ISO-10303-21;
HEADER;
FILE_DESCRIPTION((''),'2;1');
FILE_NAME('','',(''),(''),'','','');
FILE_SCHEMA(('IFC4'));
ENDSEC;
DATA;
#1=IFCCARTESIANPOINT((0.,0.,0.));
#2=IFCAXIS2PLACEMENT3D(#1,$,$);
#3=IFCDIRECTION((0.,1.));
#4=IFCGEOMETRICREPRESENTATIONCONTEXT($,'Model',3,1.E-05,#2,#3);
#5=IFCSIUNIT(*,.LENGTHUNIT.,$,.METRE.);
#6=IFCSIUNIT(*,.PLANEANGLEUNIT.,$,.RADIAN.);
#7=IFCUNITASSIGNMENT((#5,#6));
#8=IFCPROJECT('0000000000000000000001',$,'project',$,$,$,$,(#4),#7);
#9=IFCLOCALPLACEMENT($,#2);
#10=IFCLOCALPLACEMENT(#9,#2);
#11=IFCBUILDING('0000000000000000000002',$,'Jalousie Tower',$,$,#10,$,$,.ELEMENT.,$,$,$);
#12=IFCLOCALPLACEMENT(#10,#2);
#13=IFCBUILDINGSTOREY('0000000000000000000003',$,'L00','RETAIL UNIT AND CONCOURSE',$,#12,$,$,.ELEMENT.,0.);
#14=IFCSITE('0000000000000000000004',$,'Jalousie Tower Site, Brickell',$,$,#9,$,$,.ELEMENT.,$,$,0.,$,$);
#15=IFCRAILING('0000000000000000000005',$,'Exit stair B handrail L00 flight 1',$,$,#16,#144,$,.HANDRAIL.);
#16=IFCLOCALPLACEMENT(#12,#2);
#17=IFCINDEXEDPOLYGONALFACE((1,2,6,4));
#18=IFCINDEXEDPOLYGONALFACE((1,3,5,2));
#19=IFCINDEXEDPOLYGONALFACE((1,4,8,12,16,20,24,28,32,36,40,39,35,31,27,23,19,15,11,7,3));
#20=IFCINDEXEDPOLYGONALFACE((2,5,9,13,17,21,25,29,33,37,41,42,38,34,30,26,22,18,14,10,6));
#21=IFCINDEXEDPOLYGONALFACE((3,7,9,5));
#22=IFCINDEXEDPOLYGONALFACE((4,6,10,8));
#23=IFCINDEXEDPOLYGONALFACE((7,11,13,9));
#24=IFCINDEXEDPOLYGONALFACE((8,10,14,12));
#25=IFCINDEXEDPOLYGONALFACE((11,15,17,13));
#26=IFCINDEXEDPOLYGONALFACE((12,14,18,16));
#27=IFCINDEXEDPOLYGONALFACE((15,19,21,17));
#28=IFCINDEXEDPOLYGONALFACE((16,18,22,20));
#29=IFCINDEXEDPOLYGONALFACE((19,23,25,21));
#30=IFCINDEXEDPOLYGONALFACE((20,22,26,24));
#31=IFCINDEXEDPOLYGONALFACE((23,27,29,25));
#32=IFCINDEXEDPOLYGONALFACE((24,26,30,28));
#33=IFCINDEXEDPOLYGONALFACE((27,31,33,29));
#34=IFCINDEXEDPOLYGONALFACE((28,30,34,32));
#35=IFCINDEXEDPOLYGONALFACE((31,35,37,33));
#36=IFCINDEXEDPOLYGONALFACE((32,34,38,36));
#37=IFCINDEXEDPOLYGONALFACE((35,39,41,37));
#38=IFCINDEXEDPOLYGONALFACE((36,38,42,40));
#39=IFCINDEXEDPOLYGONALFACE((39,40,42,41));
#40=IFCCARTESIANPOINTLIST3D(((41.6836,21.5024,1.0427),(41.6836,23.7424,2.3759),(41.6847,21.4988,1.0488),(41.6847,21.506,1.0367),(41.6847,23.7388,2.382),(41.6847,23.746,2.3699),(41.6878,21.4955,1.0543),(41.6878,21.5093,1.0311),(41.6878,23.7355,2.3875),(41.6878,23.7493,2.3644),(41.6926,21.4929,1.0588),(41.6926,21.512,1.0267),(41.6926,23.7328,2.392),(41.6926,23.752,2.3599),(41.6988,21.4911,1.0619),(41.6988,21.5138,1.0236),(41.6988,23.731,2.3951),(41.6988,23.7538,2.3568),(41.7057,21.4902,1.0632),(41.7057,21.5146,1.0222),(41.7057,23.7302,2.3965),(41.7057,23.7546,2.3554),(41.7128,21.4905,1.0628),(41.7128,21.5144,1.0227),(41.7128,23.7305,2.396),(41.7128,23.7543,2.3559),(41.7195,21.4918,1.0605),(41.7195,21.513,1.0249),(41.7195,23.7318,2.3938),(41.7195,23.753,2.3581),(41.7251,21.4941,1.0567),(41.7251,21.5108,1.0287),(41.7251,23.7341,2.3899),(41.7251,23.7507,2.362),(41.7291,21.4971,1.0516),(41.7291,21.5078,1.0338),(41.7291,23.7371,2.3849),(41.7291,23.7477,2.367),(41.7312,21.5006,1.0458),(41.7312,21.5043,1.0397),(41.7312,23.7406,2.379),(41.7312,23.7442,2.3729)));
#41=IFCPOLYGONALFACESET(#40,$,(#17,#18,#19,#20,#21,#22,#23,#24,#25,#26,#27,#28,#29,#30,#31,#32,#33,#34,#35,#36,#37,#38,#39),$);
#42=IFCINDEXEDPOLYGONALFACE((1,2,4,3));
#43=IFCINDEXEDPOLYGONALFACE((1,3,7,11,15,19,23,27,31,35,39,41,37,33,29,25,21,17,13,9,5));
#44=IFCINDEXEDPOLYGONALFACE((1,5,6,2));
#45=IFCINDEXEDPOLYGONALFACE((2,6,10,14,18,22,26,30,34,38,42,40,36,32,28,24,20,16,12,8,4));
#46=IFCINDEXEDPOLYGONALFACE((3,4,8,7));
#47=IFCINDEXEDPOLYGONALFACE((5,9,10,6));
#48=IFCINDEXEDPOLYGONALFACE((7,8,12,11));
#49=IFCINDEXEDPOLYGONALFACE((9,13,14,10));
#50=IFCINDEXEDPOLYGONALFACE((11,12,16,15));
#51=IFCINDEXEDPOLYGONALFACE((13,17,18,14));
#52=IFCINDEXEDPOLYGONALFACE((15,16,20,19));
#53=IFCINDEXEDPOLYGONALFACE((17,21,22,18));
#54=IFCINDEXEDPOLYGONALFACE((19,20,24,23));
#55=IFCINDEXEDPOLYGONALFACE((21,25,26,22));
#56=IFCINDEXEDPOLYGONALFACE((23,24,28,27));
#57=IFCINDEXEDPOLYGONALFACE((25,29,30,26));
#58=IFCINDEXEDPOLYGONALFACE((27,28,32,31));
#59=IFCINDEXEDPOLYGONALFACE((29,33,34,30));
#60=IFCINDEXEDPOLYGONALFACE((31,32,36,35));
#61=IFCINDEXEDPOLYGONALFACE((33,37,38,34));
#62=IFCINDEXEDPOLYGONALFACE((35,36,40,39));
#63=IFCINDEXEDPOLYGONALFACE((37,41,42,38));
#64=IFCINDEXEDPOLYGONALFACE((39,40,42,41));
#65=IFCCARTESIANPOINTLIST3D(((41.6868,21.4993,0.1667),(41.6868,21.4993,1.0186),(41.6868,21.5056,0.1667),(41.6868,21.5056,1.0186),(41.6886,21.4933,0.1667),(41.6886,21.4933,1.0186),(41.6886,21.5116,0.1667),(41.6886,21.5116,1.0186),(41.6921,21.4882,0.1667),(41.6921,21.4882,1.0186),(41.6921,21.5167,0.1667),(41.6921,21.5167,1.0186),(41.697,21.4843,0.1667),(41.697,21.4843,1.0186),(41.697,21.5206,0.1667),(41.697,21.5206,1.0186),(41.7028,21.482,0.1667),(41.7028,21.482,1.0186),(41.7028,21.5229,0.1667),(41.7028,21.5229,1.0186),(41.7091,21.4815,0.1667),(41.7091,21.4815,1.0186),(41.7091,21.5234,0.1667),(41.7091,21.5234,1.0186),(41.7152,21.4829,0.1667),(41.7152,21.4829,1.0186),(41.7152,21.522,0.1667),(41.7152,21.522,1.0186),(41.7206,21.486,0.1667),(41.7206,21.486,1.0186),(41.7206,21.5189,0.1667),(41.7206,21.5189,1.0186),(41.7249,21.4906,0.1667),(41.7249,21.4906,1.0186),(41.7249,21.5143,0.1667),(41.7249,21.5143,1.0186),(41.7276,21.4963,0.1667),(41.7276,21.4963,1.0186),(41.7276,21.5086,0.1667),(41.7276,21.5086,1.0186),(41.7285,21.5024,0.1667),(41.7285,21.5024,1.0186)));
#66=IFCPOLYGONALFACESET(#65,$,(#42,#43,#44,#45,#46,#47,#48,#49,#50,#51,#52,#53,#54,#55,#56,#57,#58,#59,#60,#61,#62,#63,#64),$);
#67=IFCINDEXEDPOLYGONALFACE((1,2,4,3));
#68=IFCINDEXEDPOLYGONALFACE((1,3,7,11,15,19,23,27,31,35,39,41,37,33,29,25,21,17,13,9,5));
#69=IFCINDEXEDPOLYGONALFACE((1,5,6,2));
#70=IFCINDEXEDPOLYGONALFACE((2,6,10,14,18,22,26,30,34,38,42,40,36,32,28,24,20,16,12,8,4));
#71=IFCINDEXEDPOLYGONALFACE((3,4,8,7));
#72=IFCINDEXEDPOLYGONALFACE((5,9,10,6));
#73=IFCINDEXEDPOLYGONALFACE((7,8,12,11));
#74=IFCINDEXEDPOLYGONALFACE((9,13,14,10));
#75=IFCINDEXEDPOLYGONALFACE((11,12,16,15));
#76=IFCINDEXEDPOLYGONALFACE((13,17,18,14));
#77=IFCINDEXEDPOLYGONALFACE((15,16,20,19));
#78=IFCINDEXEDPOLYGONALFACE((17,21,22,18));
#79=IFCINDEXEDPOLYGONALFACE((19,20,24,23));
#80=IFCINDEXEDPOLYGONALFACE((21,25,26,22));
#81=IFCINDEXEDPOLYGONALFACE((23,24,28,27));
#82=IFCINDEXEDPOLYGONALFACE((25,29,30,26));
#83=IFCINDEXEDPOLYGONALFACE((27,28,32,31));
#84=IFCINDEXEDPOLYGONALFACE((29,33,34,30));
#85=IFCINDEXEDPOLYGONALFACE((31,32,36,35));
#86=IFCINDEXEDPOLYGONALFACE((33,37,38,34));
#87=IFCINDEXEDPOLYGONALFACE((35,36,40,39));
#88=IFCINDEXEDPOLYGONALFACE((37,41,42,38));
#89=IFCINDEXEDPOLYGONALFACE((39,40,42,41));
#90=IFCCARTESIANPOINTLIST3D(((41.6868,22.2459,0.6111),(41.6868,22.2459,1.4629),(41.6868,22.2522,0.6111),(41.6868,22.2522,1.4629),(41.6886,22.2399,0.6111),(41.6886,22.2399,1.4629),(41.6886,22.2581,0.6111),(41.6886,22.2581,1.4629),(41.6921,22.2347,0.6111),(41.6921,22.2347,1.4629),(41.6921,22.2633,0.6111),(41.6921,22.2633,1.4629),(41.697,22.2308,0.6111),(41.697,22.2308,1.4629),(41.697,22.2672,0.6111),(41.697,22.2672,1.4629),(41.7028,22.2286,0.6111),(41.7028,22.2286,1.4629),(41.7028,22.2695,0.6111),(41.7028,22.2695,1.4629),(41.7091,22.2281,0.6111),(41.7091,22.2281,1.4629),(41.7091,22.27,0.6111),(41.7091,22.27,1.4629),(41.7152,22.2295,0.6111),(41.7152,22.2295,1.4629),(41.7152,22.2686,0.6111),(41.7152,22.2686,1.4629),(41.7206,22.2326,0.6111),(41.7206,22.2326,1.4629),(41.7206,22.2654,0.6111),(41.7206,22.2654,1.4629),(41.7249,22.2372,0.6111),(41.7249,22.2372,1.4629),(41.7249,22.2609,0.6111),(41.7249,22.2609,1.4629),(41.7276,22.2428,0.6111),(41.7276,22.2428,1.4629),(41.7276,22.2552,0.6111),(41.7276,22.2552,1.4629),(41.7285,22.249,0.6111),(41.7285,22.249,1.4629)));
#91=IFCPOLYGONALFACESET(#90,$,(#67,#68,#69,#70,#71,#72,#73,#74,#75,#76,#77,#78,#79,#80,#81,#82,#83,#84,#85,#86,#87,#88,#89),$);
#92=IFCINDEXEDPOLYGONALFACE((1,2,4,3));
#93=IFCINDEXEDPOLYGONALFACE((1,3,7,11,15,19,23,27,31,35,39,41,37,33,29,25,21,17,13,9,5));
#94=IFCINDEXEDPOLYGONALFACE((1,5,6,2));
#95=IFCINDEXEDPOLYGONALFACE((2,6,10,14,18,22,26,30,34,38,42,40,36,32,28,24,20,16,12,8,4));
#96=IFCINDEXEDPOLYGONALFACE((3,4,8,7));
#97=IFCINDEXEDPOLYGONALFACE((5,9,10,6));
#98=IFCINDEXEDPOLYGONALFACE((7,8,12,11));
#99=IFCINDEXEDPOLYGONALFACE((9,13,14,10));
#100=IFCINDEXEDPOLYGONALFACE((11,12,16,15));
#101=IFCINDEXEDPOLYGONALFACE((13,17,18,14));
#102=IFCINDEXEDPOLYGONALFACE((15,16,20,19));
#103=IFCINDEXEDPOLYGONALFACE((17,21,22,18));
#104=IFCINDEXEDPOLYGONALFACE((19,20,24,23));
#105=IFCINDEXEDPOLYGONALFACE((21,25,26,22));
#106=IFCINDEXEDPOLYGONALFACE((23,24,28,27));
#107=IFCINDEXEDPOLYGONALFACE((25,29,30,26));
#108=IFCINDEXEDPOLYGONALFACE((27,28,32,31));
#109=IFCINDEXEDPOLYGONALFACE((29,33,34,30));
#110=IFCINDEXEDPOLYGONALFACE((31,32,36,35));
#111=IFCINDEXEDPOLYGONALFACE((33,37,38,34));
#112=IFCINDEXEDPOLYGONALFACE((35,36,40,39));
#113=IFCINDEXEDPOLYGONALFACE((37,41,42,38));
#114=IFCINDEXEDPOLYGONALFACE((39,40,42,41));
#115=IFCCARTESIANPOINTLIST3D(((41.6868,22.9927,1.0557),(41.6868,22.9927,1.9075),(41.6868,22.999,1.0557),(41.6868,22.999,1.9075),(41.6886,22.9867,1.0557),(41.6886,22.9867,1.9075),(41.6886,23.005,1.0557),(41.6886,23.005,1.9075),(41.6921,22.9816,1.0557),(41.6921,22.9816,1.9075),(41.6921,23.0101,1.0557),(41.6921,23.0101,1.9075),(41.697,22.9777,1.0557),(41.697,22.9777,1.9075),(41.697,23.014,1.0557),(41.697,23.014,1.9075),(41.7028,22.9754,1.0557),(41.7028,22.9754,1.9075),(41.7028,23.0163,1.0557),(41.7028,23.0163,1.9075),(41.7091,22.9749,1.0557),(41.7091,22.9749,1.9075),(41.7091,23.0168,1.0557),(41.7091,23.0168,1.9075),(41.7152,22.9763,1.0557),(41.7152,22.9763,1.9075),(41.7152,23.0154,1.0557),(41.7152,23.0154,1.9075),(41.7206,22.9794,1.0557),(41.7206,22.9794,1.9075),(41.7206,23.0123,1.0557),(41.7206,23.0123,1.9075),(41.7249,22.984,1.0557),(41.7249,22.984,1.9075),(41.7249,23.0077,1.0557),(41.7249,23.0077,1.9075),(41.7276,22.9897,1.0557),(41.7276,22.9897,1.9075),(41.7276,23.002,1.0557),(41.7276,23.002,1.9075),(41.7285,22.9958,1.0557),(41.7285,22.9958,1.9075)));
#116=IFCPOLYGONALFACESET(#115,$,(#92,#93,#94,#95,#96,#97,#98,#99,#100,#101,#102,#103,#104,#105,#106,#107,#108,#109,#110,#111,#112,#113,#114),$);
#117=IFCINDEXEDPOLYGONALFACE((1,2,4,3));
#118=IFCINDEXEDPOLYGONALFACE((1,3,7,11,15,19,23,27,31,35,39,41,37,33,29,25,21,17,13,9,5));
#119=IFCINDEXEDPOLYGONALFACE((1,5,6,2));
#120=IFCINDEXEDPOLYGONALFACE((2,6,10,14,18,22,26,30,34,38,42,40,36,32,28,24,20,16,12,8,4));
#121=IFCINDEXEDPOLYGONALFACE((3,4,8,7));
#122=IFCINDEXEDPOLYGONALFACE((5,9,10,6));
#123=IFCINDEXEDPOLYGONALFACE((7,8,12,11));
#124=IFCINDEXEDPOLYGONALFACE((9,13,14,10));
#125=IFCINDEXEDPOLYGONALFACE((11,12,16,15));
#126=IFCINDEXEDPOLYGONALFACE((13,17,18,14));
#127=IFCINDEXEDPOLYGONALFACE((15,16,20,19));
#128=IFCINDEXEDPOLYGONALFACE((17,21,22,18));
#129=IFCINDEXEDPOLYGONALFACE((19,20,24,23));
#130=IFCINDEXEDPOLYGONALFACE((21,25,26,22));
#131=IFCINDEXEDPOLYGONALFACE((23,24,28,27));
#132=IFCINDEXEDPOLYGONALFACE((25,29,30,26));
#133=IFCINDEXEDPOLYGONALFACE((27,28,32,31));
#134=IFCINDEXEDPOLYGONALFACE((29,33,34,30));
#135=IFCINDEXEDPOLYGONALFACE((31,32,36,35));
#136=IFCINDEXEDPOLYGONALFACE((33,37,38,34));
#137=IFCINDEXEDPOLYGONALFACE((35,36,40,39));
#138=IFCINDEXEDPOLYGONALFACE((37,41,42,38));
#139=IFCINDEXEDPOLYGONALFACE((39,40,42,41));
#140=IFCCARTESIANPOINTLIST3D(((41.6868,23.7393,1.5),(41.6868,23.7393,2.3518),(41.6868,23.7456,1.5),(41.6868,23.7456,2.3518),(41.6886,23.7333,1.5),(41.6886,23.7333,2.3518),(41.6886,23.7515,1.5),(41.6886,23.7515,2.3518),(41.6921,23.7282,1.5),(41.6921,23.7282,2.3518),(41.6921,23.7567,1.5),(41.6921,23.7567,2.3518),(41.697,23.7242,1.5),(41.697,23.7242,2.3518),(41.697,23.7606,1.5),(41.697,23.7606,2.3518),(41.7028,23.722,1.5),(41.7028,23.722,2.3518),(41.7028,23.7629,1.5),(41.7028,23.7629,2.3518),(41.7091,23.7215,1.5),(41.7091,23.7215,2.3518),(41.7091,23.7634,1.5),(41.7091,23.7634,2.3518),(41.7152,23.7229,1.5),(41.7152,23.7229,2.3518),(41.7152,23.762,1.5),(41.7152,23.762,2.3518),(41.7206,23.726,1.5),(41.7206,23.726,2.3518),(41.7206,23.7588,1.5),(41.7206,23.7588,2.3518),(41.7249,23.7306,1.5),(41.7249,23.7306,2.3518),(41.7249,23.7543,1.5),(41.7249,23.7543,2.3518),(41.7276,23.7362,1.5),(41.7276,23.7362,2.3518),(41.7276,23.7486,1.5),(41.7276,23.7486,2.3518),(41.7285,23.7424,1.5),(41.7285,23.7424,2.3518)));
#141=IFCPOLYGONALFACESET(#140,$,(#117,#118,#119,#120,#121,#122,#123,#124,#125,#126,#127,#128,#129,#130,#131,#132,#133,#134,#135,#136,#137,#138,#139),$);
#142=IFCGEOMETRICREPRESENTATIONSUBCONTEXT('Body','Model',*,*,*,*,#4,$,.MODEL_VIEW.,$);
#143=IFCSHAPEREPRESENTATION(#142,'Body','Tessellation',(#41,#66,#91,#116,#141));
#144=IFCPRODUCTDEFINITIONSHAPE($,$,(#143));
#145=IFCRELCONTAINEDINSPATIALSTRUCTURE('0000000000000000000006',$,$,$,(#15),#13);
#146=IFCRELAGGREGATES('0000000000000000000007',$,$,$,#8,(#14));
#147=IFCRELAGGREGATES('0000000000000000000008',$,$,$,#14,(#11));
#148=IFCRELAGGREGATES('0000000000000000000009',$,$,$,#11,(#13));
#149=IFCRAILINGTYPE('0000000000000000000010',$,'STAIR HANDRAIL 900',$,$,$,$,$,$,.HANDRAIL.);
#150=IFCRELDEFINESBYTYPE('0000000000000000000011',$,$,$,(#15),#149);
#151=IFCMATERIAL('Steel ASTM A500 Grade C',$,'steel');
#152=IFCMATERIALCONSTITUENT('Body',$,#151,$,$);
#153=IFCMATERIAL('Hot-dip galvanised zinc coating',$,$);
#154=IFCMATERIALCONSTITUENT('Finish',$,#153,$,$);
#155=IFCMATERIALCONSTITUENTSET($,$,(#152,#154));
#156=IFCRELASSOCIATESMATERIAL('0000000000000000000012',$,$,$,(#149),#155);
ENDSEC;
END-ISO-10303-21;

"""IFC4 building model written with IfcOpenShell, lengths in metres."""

from ifc_helpers import new_model, si_unit, direction, frame, origin, origin_2d, place, context, subcontext, project, spatial, circle, extrude, material, constituent, constituent_set, type_object, element, save


model = new_model("IFC4")

# Units and contexts
model_context = context("Model", 3, precision=1e-05, world=origin(), true_north=direction((0.0, 1.0)))
body_context = subcontext(model_context, "Body", "Model", "MODEL_VIEW")
ifc_project = project(units=[si_unit("LENGTHUNIT", "METRE"), si_unit("PLANEANGLEUNIT", "RADIAN")], contexts=[model_context])

# Site, building, storey
site_placement = place(None, origin())
site = spatial("IfcSite", under=ifc_project, at=site_placement, Name="Jalousie Tower Site, Brickell", CompositionType="ELEMENT", RefElevation=0.0)
building_placement = place(site_placement, origin())
building = spatial("IfcBuilding", under=site, at=building_placement, Name="Jalousie Tower", CompositionType="ELEMENT")
storey_placement = place(building_placement, origin())
storey = spatial("IfcBuildingStorey", under=building, at=storey_placement, Name="L00", Description="RETAIL UNIT AND CONCOURSE", CompositionType="ELEMENT", Elevation=0.0)

# Railing
ifc_material_1 = material(Name="Steel ASTM A500 Grade C", Category="steel")
ifc_constituent_1 = constituent(ifc_material_1, Name="Body")
ifc_material_2 = material(Name="Hot-dip galvanised zinc coating")
ifc_constituent_2 = constituent(ifc_material_2, Name="Finish")
ifc_constituent_set_1 = constituent_set(constituents=[ifc_constituent_1, ifc_constituent_2])
railing_type_1 = type_object("IfcRailingType", Name="STAIR HANDRAIL 900", PredefinedType="HANDRAIL", material=ifc_constituent_set_1)
railing_1_placement = place(storey_placement, frame((41.7075, 21.5024, 0.1667)))
element("IfcRailing", 1, at=railing_1_placement, inside=storey, type_object=railing_type_1, Name="Exit stair B handrail L00 flight 1", PredefinedType="HANDRAIL", context=body_context, shape_type="SweptSolid", body=[
    extrude(circle(Radius=0.0239, at=origin_2d()), frame((0.0, 0.0, 0.876), z_axis=(0.0, 0.859306, 0.511462), x_axis=(-1.0, 0.0, 0.0)), (0.0, 0.0, 1.0), 2.6067),
    extrude(circle(Radius=0.021, at=origin_2d()), origin(), (0.0, 0.0, 1.0), 0.8518),
    extrude(circle(Radius=0.021, at=origin_2d()), frame((0.0, 0.7466, 0.4443)), (0.0, 0.0, 1.0), 0.8518),
    extrude(circle(Radius=0.021, at=origin_2d()), frame((0.0, 1.4934, 0.8889)), (0.0, 0.0, 1.0), 0.8518),
    extrude(circle(Radius=0.021, at=origin_2d()), frame((0.0, 2.24, 1.3333)), (0.0, 0.0, 1.0), 0.8518),
])

save(model, "model.ifc")
